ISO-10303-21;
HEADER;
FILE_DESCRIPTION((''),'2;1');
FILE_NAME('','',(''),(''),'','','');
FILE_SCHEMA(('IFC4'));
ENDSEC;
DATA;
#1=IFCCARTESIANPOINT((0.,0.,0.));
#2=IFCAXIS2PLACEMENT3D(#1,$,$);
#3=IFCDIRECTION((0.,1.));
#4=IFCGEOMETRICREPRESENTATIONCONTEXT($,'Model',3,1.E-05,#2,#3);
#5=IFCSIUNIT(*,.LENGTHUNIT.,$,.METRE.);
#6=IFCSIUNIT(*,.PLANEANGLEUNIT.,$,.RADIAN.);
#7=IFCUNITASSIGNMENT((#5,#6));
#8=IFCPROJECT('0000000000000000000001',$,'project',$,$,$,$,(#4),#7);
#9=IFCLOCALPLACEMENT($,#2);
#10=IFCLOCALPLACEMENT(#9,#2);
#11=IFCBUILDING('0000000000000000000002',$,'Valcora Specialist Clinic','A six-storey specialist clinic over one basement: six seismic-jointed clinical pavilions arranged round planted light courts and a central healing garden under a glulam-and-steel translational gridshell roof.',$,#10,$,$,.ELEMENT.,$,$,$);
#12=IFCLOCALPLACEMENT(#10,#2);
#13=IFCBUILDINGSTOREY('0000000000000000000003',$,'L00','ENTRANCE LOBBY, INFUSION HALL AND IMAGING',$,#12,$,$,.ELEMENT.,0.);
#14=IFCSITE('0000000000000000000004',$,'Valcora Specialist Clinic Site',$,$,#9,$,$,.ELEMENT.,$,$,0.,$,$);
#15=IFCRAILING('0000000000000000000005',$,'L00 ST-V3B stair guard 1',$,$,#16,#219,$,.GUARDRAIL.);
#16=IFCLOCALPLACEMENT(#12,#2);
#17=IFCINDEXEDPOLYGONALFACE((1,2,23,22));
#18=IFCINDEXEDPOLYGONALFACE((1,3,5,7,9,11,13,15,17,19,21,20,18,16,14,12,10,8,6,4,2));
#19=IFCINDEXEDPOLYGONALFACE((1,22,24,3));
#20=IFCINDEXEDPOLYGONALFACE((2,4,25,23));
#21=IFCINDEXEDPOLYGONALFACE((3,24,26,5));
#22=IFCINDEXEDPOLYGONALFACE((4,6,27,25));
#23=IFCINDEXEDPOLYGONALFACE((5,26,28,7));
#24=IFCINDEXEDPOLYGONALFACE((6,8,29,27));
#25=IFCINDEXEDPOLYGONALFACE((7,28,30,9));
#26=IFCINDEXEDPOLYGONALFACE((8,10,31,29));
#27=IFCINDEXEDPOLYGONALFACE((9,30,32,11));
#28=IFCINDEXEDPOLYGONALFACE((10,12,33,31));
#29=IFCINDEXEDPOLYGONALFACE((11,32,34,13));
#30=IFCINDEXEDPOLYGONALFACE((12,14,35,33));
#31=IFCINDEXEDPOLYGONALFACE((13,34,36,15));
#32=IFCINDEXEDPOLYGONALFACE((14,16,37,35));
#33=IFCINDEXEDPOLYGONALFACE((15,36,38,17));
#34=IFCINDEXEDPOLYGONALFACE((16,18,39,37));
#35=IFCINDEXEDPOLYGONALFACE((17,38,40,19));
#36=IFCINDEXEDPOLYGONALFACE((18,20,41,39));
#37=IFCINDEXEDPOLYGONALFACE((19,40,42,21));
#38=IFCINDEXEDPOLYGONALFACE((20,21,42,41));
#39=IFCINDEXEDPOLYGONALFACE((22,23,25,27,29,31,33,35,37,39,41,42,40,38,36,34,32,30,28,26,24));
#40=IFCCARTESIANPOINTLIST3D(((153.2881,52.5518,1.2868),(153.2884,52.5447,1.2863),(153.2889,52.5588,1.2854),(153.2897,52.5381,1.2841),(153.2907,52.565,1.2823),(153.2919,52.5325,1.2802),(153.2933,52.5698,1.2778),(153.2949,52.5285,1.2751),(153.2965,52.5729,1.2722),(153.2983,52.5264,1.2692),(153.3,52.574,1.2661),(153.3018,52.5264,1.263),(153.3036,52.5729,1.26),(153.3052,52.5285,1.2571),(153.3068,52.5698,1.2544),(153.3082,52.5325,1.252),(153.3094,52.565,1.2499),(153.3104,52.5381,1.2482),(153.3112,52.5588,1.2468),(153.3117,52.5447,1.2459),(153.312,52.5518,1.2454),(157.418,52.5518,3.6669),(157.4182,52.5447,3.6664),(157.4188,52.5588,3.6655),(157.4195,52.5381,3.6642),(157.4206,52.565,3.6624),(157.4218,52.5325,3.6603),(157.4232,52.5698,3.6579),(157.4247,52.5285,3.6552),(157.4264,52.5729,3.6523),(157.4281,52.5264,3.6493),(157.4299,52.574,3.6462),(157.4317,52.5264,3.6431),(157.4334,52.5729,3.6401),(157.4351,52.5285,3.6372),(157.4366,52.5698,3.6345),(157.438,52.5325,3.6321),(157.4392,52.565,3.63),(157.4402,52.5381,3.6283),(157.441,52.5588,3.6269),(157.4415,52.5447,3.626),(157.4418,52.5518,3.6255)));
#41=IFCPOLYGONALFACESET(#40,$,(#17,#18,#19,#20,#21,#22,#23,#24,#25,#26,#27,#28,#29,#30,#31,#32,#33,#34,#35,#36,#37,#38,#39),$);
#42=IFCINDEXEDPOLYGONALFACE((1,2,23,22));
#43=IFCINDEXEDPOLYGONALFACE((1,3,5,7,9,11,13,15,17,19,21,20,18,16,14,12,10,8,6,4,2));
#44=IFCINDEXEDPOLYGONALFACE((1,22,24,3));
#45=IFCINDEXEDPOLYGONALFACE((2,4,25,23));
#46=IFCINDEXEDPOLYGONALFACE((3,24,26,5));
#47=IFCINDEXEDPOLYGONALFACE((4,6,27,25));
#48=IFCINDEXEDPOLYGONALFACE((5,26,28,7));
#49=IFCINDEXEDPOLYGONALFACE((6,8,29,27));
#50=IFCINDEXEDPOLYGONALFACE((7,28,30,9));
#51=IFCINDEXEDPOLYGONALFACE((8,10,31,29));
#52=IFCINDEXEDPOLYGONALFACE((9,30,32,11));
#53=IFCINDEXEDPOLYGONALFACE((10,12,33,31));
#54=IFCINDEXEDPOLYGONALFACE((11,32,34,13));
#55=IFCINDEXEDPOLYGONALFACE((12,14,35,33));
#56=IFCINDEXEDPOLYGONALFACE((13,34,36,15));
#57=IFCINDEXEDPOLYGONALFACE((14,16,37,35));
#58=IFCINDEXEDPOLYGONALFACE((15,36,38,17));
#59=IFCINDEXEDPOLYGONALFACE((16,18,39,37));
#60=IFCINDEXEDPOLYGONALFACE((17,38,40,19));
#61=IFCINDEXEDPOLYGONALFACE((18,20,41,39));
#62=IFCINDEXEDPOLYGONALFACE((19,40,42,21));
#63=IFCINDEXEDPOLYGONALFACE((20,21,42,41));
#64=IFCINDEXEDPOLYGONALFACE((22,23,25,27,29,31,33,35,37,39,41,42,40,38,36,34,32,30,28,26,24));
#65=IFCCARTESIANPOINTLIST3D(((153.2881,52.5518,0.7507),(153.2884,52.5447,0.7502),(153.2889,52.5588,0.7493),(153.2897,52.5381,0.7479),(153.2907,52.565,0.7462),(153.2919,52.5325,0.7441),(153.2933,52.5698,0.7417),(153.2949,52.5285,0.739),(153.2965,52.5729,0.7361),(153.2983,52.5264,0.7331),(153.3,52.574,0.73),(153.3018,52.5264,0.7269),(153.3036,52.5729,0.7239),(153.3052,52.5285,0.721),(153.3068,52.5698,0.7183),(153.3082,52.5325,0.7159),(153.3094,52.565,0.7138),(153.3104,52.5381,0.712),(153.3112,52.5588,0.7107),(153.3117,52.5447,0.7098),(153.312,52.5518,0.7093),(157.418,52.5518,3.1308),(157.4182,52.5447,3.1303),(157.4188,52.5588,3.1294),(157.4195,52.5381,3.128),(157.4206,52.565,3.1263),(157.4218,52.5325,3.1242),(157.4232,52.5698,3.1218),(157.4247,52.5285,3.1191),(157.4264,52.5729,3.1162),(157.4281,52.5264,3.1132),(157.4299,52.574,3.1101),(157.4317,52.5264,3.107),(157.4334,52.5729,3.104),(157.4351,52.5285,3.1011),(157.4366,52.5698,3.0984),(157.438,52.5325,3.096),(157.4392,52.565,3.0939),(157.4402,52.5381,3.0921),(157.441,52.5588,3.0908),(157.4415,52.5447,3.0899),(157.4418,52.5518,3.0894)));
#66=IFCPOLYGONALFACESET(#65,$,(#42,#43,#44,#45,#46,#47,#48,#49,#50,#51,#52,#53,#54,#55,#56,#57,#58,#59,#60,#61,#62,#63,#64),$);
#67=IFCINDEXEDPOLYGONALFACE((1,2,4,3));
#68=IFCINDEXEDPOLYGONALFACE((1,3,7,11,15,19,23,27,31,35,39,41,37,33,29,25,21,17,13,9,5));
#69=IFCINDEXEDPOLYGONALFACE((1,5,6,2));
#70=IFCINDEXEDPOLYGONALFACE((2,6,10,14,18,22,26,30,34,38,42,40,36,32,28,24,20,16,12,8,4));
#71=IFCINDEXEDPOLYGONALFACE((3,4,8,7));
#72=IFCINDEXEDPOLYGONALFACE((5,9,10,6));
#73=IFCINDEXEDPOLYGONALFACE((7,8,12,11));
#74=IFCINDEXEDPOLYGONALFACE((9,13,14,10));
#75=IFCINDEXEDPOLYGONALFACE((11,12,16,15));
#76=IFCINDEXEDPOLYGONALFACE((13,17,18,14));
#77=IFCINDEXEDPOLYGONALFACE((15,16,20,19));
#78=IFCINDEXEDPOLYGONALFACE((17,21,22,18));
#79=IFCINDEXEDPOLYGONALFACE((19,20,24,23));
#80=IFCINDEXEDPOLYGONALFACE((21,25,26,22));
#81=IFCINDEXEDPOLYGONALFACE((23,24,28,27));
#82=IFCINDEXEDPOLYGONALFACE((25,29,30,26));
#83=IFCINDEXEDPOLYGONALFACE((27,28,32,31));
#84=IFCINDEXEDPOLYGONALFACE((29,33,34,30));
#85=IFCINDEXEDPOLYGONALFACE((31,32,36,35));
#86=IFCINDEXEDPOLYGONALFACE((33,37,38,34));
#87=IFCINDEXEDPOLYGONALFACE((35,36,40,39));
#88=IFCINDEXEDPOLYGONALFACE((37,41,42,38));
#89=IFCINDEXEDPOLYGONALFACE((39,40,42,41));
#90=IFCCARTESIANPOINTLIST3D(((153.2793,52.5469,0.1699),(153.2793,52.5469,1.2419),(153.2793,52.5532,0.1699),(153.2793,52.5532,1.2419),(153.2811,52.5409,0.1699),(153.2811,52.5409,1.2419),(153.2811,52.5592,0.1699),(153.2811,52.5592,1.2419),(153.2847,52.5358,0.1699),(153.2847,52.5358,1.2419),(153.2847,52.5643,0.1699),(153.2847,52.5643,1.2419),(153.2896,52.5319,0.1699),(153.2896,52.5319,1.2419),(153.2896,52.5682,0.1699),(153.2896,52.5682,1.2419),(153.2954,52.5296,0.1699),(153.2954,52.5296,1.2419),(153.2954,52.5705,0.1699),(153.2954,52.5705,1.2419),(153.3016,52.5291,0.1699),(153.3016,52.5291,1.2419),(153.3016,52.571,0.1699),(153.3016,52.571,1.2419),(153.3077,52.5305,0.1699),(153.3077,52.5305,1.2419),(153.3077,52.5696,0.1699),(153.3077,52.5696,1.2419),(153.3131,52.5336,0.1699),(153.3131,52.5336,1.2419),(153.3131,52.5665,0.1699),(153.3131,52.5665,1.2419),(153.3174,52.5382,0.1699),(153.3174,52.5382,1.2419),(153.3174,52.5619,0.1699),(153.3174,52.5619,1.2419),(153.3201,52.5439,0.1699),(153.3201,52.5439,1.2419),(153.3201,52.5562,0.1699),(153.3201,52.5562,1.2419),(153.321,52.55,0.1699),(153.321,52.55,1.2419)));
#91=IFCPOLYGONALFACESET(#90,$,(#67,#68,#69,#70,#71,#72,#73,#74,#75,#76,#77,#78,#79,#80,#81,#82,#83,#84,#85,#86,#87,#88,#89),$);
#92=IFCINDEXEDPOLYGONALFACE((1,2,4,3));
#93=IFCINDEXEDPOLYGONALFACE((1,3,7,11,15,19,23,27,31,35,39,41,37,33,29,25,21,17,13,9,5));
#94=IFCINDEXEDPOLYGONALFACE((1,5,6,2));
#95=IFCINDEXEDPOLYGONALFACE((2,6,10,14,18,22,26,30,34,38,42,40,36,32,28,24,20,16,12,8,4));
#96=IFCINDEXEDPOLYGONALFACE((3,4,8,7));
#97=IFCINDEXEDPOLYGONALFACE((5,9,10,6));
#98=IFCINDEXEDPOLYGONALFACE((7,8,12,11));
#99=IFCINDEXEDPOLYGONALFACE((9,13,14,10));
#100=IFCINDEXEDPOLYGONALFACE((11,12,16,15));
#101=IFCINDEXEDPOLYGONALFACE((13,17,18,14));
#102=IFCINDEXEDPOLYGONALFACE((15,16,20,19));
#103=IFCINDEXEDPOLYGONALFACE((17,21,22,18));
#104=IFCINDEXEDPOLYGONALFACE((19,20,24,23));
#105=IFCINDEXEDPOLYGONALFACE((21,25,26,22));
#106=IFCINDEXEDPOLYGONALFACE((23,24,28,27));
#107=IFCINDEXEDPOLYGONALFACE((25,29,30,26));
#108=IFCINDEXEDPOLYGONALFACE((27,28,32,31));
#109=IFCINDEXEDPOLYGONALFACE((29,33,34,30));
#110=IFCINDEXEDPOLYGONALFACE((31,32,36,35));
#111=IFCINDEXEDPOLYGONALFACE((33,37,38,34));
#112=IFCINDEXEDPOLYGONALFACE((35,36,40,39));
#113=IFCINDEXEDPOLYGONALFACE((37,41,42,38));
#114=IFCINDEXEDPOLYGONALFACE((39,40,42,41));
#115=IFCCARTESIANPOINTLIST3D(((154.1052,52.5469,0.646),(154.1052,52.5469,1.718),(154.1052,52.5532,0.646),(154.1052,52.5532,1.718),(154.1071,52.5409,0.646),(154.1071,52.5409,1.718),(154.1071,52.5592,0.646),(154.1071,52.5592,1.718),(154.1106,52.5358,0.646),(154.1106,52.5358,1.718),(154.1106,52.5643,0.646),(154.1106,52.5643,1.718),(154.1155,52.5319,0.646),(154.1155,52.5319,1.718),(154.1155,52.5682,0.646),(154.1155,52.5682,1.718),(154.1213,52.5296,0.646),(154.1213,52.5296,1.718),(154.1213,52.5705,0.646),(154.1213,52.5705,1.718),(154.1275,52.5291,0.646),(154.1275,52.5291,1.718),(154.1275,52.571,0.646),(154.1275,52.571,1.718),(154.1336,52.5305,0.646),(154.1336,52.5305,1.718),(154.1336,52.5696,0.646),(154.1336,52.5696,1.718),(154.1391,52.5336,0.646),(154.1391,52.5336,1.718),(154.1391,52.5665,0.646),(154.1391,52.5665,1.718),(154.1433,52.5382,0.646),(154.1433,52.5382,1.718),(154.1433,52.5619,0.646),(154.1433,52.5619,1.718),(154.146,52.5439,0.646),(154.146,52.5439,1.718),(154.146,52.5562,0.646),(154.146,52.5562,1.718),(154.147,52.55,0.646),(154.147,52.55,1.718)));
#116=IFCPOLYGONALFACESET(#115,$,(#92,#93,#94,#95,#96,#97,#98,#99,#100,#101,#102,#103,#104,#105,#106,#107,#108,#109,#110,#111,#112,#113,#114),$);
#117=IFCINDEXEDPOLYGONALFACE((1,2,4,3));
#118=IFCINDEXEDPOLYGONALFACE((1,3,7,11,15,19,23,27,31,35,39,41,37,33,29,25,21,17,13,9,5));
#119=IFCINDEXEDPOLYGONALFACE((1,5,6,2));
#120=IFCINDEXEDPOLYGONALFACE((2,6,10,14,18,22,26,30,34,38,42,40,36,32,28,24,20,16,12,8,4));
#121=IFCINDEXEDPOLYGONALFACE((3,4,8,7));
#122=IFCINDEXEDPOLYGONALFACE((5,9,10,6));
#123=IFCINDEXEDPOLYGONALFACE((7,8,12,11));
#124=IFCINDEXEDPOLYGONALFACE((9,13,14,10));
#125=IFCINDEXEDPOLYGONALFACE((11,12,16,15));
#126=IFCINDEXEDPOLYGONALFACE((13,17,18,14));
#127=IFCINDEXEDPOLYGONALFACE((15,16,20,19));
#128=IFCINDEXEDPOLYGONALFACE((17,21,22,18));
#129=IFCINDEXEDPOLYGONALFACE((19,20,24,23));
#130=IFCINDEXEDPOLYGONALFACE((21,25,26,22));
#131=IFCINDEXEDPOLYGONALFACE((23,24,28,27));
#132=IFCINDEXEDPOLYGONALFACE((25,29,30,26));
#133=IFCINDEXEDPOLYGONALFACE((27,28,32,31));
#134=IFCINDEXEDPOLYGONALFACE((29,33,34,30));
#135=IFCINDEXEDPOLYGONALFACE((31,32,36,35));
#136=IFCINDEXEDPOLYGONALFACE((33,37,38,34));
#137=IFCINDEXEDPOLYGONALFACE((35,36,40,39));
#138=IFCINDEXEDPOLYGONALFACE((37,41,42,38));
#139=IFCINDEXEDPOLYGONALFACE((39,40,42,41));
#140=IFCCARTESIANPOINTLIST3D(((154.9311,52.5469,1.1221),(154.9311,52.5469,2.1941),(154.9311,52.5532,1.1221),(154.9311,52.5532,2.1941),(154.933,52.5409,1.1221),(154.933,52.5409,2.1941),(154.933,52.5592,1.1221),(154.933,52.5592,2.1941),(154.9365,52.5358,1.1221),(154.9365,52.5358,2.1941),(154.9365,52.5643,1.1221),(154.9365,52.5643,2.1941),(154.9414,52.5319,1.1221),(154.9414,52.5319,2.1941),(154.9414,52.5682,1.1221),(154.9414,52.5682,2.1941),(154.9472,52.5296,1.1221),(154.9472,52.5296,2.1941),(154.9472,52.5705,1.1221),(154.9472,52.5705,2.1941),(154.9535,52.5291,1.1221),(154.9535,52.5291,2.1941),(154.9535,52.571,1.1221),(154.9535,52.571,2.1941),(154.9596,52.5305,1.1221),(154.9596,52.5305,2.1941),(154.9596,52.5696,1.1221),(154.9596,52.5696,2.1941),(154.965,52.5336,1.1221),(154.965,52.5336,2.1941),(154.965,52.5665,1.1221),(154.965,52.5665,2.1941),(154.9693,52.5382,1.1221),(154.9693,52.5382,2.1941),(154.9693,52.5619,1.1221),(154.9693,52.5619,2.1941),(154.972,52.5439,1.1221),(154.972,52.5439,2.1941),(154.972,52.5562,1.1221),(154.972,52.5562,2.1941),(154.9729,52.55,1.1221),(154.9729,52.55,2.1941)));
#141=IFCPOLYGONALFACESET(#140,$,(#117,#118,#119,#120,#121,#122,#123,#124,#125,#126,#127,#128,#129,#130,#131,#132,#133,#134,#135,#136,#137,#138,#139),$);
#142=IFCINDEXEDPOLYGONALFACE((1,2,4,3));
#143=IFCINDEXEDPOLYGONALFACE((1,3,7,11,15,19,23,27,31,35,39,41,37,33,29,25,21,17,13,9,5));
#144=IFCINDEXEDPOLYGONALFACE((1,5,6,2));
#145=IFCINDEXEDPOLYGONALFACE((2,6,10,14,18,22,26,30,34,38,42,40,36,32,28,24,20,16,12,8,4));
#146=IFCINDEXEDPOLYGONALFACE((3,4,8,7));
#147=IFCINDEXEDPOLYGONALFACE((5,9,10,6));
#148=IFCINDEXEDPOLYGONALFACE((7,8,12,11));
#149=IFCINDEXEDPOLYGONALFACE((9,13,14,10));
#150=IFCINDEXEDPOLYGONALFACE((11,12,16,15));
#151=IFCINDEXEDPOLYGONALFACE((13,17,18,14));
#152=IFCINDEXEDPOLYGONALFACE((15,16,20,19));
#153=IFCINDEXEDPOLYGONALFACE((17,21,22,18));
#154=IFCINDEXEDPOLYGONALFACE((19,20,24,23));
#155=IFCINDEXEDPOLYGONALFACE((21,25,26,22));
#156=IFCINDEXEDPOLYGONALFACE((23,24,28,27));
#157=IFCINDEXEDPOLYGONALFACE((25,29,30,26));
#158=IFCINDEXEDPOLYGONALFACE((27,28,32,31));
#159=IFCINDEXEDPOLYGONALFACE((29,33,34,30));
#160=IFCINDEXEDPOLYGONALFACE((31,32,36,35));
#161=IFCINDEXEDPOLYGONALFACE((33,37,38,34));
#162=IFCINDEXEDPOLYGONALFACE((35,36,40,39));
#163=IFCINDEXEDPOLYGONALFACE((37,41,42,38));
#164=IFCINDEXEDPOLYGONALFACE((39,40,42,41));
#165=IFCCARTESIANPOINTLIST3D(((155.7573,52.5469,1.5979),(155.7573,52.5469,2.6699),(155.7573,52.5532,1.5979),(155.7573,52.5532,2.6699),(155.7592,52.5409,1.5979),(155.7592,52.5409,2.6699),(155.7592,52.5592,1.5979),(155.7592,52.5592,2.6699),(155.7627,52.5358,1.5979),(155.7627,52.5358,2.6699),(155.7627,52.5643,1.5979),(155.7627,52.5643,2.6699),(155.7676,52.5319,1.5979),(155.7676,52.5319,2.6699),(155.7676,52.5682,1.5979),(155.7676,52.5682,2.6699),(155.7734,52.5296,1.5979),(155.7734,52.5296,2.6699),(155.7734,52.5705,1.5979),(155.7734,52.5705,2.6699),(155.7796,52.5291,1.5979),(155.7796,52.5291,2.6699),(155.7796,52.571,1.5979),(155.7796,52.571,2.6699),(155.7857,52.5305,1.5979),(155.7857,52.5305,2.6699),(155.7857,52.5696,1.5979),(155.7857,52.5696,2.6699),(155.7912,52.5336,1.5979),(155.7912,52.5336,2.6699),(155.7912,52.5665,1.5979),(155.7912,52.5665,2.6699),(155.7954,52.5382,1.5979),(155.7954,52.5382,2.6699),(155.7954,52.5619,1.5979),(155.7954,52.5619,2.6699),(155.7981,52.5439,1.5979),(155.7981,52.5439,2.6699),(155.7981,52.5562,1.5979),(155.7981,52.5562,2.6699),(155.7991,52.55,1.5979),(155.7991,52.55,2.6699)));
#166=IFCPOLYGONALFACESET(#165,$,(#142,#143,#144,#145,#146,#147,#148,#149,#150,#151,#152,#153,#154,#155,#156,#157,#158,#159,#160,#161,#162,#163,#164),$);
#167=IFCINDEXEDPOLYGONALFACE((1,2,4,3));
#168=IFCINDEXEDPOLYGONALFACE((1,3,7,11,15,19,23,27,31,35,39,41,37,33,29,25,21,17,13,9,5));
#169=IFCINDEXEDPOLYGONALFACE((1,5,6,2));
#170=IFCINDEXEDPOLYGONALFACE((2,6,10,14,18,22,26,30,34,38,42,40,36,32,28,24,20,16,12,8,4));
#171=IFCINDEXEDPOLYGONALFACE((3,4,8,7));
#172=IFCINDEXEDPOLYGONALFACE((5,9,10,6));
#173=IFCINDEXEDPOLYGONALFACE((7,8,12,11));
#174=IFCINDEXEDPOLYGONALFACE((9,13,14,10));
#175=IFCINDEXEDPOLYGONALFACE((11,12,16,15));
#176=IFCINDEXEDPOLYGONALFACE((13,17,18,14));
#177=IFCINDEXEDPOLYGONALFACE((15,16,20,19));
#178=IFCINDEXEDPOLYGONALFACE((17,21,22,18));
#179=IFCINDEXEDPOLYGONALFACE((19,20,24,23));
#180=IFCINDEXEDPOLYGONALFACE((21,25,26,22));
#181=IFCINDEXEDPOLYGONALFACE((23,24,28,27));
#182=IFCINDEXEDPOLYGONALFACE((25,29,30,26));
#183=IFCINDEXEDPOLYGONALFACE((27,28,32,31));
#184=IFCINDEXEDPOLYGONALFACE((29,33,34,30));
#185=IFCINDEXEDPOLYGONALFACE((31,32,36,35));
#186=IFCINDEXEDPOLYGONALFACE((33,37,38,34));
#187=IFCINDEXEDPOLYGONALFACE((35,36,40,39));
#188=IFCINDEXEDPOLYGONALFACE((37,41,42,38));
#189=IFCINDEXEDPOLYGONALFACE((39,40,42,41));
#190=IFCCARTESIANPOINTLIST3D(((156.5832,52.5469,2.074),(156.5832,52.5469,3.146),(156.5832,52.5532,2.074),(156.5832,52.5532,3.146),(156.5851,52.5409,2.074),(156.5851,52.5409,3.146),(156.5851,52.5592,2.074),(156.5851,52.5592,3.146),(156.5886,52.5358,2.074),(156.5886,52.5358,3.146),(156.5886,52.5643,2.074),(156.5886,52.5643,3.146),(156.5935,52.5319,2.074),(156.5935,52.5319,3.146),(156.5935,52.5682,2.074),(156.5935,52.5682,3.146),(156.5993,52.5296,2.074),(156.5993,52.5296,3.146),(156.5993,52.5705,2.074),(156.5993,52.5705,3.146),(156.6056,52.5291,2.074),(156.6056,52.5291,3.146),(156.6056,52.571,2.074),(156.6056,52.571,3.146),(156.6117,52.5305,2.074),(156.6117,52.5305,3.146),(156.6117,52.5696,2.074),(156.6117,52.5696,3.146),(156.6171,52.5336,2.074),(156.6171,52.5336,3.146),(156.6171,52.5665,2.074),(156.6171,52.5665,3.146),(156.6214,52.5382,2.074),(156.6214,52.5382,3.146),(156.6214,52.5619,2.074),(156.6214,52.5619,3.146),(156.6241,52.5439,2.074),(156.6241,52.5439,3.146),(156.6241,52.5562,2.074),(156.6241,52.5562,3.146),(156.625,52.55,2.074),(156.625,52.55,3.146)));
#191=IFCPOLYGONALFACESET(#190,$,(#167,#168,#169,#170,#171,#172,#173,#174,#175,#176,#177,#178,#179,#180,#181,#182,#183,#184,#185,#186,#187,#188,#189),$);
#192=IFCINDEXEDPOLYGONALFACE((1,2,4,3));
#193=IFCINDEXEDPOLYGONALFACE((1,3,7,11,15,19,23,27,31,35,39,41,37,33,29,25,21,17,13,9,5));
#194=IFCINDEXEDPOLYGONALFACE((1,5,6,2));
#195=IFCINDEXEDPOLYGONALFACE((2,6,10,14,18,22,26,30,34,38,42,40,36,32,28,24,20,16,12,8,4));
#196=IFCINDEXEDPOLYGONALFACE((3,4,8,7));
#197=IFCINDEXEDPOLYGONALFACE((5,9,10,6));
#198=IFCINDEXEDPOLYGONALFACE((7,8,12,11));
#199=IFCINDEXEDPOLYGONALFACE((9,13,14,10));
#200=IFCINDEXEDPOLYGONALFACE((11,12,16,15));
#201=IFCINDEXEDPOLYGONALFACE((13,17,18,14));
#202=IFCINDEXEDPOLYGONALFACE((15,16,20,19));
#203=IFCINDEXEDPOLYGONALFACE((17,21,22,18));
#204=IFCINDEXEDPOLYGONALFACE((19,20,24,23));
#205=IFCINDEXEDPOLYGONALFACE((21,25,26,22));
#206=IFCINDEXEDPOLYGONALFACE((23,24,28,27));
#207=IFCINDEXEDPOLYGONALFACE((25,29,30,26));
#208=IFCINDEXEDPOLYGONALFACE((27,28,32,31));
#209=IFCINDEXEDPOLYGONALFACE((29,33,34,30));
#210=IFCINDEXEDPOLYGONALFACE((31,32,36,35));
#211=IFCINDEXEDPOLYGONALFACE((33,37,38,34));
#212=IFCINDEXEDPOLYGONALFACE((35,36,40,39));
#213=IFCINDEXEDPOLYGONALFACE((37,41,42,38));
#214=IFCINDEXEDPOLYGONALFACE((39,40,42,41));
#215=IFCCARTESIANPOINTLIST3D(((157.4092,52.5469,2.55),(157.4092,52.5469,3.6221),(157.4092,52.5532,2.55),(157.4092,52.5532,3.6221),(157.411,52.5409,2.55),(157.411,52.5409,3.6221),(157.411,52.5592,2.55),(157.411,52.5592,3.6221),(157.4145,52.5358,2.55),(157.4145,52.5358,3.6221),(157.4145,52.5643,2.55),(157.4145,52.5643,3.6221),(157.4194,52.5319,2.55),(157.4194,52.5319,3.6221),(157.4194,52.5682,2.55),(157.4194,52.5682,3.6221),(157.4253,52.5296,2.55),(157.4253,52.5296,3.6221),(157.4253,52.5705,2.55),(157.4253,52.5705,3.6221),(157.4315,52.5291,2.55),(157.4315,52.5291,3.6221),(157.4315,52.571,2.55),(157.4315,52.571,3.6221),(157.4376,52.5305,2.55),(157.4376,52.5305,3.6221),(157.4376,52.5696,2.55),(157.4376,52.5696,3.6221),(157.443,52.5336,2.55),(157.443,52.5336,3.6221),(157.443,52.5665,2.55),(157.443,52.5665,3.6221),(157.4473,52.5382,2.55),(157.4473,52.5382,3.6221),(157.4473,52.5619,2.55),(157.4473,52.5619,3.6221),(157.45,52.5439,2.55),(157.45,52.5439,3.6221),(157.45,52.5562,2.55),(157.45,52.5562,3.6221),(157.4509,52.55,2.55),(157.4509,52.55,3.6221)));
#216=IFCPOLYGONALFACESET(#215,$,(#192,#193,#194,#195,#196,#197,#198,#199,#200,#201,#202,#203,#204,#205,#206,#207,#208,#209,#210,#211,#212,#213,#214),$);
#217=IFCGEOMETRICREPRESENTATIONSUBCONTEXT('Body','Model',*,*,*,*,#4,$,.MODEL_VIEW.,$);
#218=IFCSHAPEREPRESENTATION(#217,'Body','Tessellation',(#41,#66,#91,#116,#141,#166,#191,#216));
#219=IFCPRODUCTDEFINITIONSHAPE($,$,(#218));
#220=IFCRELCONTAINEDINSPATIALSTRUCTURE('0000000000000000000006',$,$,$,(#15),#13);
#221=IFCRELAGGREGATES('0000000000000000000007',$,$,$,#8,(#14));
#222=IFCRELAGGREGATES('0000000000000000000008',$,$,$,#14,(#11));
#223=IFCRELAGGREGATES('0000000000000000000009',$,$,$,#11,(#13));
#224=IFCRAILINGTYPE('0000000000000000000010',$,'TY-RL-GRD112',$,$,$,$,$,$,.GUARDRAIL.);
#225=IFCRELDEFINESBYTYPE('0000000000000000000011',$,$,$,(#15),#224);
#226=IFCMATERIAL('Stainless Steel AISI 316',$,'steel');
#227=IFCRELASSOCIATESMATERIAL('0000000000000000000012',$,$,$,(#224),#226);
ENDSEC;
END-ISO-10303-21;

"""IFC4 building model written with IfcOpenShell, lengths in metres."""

from ifc_helpers import new_model, si_unit, direction, frame, origin, origin_2d, place, context, subcontext, project, spatial, circle, extrude, material, type_object, element, save


model = new_model("IFC4")

# Units and contexts
model_context = context("Model", 3, precision=1e-05, world=origin(), true_north=direction((0.0, 1.0)))
body_context = subcontext(model_context, "Body", "Model", "MODEL_VIEW")
ifc_project = project(units=[si_unit("LENGTHUNIT", "METRE"), si_unit("PLANEANGLEUNIT", "RADIAN")], contexts=[model_context])

# Site, building, storey
site_placement = place(None, origin())
site = spatial("IfcSite", under=ifc_project, at=site_placement, Name="Valcora Specialist Clinic Site", CompositionType="ELEMENT", RefElevation=0.0)
building_placement = place(site_placement, origin())
building = spatial("IfcBuilding", under=site, at=building_placement, Name="Valcora Specialist Clinic", Description="A six-storey specialist clinic over one basement: six seismic-jointed clinical pavilions arranged round planted light courts and a central healing garden under a glulam-and-steel translational gridshell roof.", CompositionType="ELEMENT")
storey_placement = place(building_placement, origin())
storey = spatial("IfcBuildingStorey", under=building, at=storey_placement, Name="L00", Description="ENTRANCE LOBBY, INFUSION HALL AND IMAGING", CompositionType="ELEMENT", Elevation=0.0)

# Railing
ifc_material_1 = material(Name="Stainless Steel AISI 316", Category="steel")
railing_type_1 = type_object("IfcRailingType", Name="TY-RL-GRD112", PredefinedType="GUARDRAIL", material=ifc_material_1)
railing_1_placement = place(storey_placement, frame((153.3, 52.55, 0.1699)))
element("IfcRailing", 1, at=railing_1_placement, inside=storey, type_object=railing_type_1, Name="L00 ST-V3B stair guard 1", PredefinedType="GUARDRAIL", context=body_context, shape_type="SweptSolid", body=[
    extrude(circle(Radius=0.0239, at=origin_2d()), frame((0.0, 0.0, 1.0962), z_axis=(0.866412, 0.0, 0.499329), x_axis=(0.0, 1.0, 0.0)), (0.0, 0.0, 1.0), 4.7666),
    extrude(circle(Radius=0.0239, at=origin_2d()), frame((0.0, 0.0, 0.5601), z_axis=(0.866412, 0.0, 0.499329), x_axis=(0.0, 1.0, 0.0)), (0.0, 0.0, 1.0), 4.7666),
    extrude(circle(Radius=0.021, at=origin_2d()), origin(), (0.0, 0.0, 1.0), 1.072),
    extrude(circle(Radius=0.021, at=origin_2d()), frame((0.8259, 0.0, 0.4761)), (0.0, 0.0, 1.0), 1.072),
    extrude(circle(Radius=0.021, at=origin_2d()), frame((1.6519, 0.0, 0.9521)), (0.0, 0.0, 1.0), 1.072),
    extrude(circle(Radius=0.021, at=origin_2d()), frame((2.478, 0.0, 1.428)), (0.0, 0.0, 1.0), 1.072),
    extrude(circle(Radius=0.021, at=origin_2d()), frame((3.304, 0.0, 1.9041)), (0.0, 0.0, 1.0), 1.072),
    extrude(circle(Radius=0.021, at=origin_2d()), frame((4.1299, 0.0, 2.3801)), (0.0, 0.0, 1.0), 1.072),
])

save(model, "model.ifc")
